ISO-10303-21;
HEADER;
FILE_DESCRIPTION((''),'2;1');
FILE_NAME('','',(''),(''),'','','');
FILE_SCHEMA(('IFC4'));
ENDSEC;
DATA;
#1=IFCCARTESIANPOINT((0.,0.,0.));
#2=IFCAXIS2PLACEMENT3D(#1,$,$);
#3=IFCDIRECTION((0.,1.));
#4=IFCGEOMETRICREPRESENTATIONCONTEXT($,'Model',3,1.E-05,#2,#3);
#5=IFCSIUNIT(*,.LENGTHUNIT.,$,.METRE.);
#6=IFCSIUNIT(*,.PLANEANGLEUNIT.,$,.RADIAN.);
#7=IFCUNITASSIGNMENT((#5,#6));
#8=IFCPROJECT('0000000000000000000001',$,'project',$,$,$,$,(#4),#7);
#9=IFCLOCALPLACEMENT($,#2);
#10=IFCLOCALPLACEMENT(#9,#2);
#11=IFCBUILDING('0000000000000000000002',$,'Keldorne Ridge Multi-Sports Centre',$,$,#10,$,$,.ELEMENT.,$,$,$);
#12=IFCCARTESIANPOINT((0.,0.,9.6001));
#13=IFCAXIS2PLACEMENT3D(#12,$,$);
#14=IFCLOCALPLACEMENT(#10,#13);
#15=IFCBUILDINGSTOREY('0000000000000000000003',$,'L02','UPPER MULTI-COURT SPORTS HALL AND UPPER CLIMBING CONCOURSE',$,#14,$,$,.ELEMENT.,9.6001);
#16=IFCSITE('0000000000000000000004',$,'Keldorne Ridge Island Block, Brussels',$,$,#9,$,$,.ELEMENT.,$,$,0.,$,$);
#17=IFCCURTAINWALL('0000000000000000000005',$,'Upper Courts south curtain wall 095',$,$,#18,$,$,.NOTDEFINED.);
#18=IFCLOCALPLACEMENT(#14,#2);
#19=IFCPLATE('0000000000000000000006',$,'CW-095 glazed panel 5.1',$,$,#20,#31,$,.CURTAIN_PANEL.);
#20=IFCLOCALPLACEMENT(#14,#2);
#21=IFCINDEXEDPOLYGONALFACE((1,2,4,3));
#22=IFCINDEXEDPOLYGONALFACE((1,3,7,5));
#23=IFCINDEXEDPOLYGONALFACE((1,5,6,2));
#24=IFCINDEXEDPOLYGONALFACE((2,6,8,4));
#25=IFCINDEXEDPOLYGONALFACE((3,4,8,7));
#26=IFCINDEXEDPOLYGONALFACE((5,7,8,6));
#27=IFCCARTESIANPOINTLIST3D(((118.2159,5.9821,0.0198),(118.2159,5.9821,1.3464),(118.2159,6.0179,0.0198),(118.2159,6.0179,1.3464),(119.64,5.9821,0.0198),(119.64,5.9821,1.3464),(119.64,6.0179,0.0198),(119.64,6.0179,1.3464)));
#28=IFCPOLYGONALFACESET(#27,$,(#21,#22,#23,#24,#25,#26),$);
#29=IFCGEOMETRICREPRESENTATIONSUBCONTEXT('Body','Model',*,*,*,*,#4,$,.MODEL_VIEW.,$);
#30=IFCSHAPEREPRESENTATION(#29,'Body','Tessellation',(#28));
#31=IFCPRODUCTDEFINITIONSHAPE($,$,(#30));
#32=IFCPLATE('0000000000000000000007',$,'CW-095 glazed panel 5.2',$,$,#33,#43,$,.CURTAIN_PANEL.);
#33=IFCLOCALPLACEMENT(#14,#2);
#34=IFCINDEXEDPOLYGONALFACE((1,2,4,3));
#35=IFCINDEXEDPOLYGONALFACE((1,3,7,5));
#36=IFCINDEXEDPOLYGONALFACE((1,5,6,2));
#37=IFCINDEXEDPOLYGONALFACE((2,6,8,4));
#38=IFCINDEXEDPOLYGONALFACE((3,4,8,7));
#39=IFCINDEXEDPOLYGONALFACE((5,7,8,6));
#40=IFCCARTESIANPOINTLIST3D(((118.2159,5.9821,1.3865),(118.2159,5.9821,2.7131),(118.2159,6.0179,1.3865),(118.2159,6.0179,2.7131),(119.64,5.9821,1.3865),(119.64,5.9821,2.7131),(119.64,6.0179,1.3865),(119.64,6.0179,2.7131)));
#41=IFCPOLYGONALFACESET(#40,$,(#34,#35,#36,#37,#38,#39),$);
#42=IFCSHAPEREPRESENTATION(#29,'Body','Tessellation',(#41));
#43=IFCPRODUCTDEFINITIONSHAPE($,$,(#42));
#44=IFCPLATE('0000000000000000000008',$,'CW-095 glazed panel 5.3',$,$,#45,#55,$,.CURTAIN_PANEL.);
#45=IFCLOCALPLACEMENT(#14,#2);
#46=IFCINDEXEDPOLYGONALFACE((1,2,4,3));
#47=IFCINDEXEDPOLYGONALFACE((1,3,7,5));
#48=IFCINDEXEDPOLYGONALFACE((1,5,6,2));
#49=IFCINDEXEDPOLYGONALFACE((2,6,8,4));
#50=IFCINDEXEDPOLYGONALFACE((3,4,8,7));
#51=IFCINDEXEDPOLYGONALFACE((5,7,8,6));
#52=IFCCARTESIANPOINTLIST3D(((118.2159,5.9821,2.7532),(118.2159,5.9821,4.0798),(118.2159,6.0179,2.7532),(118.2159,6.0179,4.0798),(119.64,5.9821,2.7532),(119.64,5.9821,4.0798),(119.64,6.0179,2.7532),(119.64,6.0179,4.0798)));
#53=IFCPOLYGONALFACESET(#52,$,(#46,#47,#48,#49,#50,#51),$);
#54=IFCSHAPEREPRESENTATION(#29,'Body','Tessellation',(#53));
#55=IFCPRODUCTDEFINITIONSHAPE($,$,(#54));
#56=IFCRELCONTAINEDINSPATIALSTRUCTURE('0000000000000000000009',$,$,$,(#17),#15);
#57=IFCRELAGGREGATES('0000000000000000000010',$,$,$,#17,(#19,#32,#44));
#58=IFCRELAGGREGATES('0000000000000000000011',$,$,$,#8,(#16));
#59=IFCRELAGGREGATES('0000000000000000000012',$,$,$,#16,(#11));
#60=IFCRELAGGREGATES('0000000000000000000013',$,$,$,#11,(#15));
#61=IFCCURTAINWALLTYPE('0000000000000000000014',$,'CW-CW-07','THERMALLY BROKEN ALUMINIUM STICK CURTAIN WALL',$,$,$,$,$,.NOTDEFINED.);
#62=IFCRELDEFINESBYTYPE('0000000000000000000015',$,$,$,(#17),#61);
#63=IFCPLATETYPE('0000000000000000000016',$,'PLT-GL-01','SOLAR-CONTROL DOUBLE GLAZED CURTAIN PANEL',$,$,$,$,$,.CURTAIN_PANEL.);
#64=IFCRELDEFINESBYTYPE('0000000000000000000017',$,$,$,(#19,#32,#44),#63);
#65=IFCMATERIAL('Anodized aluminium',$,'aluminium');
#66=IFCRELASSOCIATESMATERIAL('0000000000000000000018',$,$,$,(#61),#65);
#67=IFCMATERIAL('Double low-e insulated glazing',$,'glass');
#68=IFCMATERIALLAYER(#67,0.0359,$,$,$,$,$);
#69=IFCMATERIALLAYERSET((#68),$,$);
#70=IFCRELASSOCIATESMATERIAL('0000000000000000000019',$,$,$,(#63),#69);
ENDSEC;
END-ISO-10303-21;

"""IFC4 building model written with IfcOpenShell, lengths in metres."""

from ifc_helpers import new_model, si_unit, direction, frame, origin, origin_2d, place, context, subcontext, project, spatial, rectangle, extrude, material, layer, layer_set, type_object, element, aggregate, save


model = new_model("IFC4")

# Units and contexts
model_context = context("Model", 3, precision=1e-05, world=origin(), true_north=direction((0.0, 1.0)))
body_context = subcontext(model_context, "Body", "Model", "MODEL_VIEW")
ifc_project = project(units=[si_unit("LENGTHUNIT", "METRE"), si_unit("PLANEANGLEUNIT", "RADIAN")], contexts=[model_context])

# Site, building, storey
site_placement = place(None, origin())
site = spatial("IfcSite", under=ifc_project, at=site_placement, Name="Keldorne Ridge Island Block, Brussels", CompositionType="ELEMENT", RefElevation=0.0)
building_placement = place(site_placement, origin())
building = spatial("IfcBuilding", under=site, at=building_placement, Name="Keldorne Ridge Multi-Sports Centre", CompositionType="ELEMENT")
storey_placement = place(building_placement, frame((0.0, 0.0, 9.6001)))
storey = spatial("IfcBuildingStorey", under=building, at=storey_placement, Name="L02", Description="UPPER MULTI-COURT SPORTS HALL AND UPPER CLIMBING CONCOURSE", CompositionType="ELEMENT", Elevation=9.6001)

# Curtain wall
ifc_material_1 = material(Name="Anodized aluminium", Category="aluminium")
curtain_wall_type_1 = type_object("IfcCurtainWallType", Name="CW-CW-07", Description="THERMALLY BROKEN ALUMINIUM STICK CURTAIN WALL", PredefinedType="NOTDEFINED", material=ifc_material_1)
curtain_wall_1_placement = place(storey_placement, origin())
curtain_wall_1 = element("IfcCurtainWall", 1, at=curtain_wall_1_placement, inside=storey, type_object=curtain_wall_type_1, Name="Upper Courts south curtain wall 095", PredefinedType="NOTDEFINED")

# Plates
ifc_material_2 = material(Name="Double low-e insulated glazing", Category="glass")
ifc_layer = layer(ifc_material_2, 0.0359)
ifc_layer_set = layer_set([ifc_layer])
plate_type = type_object("IfcPlateType", Name="PLT-GL-01", Description="SOLAR-CONTROL DOUBLE GLAZED CURTAIN PANEL", PredefinedType="CURTAIN_PANEL", material=ifc_layer_set)
plate_1_placement = place(storey_placement, frame((118.928, 6.0, 0.0198), z_axis=(0.0, 0.0, 1.0), x_axis=(1.0, 0.0, 0.0)))
plate_1 = element("IfcPlate", 2, at=plate_1_placement, type_object=plate_type, Name="CW-095 glazed panel 5.1", PredefinedType="CURTAIN_PANEL", context=body_context, shape_type="SweptSolid", body=[
    extrude(rectangle(XDim=1.4241, YDim=0.0359, at=origin_2d()), origin(), (0.0, 0.0, 1.0), 1.3267),
])
plate_2_placement = place(storey_placement, frame((118.928, 6.0, 1.3865), z_axis=(0.0, 0.0, 1.0), x_axis=(1.0, 0.0, 0.0)))
plate_2 = element("IfcPlate", 3, at=plate_2_placement, type_object=plate_type, Name="CW-095 glazed panel 5.2", PredefinedType="CURTAIN_PANEL", context=body_context, shape_type="SweptSolid", body=[
    extrude(rectangle(XDim=1.4241, YDim=0.0359, at=origin_2d()), origin(), (0.0, 0.0, 1.0), 1.3267),
])
plate_3_placement = place(storey_placement, frame((118.928, 6.0, 2.7532), z_axis=(0.0, 0.0, 1.0), x_axis=(1.0, 0.0, 0.0)))
plate_3 = element("IfcPlate", 4, at=plate_3_placement, type_object=plate_type, Name="CW-095 glazed panel 5.3", PredefinedType="CURTAIN_PANEL", context=body_context, shape_type="SweptSolid", body=[
    extrude(rectangle(XDim=1.4241, YDim=0.0359, at=origin_2d()), origin(), (0.0, 0.0, 1.0), 1.3267),
])
aggregate(curtain_wall_1, [plate_1, plate_2, plate_3])

save(model, "model.ifc")
